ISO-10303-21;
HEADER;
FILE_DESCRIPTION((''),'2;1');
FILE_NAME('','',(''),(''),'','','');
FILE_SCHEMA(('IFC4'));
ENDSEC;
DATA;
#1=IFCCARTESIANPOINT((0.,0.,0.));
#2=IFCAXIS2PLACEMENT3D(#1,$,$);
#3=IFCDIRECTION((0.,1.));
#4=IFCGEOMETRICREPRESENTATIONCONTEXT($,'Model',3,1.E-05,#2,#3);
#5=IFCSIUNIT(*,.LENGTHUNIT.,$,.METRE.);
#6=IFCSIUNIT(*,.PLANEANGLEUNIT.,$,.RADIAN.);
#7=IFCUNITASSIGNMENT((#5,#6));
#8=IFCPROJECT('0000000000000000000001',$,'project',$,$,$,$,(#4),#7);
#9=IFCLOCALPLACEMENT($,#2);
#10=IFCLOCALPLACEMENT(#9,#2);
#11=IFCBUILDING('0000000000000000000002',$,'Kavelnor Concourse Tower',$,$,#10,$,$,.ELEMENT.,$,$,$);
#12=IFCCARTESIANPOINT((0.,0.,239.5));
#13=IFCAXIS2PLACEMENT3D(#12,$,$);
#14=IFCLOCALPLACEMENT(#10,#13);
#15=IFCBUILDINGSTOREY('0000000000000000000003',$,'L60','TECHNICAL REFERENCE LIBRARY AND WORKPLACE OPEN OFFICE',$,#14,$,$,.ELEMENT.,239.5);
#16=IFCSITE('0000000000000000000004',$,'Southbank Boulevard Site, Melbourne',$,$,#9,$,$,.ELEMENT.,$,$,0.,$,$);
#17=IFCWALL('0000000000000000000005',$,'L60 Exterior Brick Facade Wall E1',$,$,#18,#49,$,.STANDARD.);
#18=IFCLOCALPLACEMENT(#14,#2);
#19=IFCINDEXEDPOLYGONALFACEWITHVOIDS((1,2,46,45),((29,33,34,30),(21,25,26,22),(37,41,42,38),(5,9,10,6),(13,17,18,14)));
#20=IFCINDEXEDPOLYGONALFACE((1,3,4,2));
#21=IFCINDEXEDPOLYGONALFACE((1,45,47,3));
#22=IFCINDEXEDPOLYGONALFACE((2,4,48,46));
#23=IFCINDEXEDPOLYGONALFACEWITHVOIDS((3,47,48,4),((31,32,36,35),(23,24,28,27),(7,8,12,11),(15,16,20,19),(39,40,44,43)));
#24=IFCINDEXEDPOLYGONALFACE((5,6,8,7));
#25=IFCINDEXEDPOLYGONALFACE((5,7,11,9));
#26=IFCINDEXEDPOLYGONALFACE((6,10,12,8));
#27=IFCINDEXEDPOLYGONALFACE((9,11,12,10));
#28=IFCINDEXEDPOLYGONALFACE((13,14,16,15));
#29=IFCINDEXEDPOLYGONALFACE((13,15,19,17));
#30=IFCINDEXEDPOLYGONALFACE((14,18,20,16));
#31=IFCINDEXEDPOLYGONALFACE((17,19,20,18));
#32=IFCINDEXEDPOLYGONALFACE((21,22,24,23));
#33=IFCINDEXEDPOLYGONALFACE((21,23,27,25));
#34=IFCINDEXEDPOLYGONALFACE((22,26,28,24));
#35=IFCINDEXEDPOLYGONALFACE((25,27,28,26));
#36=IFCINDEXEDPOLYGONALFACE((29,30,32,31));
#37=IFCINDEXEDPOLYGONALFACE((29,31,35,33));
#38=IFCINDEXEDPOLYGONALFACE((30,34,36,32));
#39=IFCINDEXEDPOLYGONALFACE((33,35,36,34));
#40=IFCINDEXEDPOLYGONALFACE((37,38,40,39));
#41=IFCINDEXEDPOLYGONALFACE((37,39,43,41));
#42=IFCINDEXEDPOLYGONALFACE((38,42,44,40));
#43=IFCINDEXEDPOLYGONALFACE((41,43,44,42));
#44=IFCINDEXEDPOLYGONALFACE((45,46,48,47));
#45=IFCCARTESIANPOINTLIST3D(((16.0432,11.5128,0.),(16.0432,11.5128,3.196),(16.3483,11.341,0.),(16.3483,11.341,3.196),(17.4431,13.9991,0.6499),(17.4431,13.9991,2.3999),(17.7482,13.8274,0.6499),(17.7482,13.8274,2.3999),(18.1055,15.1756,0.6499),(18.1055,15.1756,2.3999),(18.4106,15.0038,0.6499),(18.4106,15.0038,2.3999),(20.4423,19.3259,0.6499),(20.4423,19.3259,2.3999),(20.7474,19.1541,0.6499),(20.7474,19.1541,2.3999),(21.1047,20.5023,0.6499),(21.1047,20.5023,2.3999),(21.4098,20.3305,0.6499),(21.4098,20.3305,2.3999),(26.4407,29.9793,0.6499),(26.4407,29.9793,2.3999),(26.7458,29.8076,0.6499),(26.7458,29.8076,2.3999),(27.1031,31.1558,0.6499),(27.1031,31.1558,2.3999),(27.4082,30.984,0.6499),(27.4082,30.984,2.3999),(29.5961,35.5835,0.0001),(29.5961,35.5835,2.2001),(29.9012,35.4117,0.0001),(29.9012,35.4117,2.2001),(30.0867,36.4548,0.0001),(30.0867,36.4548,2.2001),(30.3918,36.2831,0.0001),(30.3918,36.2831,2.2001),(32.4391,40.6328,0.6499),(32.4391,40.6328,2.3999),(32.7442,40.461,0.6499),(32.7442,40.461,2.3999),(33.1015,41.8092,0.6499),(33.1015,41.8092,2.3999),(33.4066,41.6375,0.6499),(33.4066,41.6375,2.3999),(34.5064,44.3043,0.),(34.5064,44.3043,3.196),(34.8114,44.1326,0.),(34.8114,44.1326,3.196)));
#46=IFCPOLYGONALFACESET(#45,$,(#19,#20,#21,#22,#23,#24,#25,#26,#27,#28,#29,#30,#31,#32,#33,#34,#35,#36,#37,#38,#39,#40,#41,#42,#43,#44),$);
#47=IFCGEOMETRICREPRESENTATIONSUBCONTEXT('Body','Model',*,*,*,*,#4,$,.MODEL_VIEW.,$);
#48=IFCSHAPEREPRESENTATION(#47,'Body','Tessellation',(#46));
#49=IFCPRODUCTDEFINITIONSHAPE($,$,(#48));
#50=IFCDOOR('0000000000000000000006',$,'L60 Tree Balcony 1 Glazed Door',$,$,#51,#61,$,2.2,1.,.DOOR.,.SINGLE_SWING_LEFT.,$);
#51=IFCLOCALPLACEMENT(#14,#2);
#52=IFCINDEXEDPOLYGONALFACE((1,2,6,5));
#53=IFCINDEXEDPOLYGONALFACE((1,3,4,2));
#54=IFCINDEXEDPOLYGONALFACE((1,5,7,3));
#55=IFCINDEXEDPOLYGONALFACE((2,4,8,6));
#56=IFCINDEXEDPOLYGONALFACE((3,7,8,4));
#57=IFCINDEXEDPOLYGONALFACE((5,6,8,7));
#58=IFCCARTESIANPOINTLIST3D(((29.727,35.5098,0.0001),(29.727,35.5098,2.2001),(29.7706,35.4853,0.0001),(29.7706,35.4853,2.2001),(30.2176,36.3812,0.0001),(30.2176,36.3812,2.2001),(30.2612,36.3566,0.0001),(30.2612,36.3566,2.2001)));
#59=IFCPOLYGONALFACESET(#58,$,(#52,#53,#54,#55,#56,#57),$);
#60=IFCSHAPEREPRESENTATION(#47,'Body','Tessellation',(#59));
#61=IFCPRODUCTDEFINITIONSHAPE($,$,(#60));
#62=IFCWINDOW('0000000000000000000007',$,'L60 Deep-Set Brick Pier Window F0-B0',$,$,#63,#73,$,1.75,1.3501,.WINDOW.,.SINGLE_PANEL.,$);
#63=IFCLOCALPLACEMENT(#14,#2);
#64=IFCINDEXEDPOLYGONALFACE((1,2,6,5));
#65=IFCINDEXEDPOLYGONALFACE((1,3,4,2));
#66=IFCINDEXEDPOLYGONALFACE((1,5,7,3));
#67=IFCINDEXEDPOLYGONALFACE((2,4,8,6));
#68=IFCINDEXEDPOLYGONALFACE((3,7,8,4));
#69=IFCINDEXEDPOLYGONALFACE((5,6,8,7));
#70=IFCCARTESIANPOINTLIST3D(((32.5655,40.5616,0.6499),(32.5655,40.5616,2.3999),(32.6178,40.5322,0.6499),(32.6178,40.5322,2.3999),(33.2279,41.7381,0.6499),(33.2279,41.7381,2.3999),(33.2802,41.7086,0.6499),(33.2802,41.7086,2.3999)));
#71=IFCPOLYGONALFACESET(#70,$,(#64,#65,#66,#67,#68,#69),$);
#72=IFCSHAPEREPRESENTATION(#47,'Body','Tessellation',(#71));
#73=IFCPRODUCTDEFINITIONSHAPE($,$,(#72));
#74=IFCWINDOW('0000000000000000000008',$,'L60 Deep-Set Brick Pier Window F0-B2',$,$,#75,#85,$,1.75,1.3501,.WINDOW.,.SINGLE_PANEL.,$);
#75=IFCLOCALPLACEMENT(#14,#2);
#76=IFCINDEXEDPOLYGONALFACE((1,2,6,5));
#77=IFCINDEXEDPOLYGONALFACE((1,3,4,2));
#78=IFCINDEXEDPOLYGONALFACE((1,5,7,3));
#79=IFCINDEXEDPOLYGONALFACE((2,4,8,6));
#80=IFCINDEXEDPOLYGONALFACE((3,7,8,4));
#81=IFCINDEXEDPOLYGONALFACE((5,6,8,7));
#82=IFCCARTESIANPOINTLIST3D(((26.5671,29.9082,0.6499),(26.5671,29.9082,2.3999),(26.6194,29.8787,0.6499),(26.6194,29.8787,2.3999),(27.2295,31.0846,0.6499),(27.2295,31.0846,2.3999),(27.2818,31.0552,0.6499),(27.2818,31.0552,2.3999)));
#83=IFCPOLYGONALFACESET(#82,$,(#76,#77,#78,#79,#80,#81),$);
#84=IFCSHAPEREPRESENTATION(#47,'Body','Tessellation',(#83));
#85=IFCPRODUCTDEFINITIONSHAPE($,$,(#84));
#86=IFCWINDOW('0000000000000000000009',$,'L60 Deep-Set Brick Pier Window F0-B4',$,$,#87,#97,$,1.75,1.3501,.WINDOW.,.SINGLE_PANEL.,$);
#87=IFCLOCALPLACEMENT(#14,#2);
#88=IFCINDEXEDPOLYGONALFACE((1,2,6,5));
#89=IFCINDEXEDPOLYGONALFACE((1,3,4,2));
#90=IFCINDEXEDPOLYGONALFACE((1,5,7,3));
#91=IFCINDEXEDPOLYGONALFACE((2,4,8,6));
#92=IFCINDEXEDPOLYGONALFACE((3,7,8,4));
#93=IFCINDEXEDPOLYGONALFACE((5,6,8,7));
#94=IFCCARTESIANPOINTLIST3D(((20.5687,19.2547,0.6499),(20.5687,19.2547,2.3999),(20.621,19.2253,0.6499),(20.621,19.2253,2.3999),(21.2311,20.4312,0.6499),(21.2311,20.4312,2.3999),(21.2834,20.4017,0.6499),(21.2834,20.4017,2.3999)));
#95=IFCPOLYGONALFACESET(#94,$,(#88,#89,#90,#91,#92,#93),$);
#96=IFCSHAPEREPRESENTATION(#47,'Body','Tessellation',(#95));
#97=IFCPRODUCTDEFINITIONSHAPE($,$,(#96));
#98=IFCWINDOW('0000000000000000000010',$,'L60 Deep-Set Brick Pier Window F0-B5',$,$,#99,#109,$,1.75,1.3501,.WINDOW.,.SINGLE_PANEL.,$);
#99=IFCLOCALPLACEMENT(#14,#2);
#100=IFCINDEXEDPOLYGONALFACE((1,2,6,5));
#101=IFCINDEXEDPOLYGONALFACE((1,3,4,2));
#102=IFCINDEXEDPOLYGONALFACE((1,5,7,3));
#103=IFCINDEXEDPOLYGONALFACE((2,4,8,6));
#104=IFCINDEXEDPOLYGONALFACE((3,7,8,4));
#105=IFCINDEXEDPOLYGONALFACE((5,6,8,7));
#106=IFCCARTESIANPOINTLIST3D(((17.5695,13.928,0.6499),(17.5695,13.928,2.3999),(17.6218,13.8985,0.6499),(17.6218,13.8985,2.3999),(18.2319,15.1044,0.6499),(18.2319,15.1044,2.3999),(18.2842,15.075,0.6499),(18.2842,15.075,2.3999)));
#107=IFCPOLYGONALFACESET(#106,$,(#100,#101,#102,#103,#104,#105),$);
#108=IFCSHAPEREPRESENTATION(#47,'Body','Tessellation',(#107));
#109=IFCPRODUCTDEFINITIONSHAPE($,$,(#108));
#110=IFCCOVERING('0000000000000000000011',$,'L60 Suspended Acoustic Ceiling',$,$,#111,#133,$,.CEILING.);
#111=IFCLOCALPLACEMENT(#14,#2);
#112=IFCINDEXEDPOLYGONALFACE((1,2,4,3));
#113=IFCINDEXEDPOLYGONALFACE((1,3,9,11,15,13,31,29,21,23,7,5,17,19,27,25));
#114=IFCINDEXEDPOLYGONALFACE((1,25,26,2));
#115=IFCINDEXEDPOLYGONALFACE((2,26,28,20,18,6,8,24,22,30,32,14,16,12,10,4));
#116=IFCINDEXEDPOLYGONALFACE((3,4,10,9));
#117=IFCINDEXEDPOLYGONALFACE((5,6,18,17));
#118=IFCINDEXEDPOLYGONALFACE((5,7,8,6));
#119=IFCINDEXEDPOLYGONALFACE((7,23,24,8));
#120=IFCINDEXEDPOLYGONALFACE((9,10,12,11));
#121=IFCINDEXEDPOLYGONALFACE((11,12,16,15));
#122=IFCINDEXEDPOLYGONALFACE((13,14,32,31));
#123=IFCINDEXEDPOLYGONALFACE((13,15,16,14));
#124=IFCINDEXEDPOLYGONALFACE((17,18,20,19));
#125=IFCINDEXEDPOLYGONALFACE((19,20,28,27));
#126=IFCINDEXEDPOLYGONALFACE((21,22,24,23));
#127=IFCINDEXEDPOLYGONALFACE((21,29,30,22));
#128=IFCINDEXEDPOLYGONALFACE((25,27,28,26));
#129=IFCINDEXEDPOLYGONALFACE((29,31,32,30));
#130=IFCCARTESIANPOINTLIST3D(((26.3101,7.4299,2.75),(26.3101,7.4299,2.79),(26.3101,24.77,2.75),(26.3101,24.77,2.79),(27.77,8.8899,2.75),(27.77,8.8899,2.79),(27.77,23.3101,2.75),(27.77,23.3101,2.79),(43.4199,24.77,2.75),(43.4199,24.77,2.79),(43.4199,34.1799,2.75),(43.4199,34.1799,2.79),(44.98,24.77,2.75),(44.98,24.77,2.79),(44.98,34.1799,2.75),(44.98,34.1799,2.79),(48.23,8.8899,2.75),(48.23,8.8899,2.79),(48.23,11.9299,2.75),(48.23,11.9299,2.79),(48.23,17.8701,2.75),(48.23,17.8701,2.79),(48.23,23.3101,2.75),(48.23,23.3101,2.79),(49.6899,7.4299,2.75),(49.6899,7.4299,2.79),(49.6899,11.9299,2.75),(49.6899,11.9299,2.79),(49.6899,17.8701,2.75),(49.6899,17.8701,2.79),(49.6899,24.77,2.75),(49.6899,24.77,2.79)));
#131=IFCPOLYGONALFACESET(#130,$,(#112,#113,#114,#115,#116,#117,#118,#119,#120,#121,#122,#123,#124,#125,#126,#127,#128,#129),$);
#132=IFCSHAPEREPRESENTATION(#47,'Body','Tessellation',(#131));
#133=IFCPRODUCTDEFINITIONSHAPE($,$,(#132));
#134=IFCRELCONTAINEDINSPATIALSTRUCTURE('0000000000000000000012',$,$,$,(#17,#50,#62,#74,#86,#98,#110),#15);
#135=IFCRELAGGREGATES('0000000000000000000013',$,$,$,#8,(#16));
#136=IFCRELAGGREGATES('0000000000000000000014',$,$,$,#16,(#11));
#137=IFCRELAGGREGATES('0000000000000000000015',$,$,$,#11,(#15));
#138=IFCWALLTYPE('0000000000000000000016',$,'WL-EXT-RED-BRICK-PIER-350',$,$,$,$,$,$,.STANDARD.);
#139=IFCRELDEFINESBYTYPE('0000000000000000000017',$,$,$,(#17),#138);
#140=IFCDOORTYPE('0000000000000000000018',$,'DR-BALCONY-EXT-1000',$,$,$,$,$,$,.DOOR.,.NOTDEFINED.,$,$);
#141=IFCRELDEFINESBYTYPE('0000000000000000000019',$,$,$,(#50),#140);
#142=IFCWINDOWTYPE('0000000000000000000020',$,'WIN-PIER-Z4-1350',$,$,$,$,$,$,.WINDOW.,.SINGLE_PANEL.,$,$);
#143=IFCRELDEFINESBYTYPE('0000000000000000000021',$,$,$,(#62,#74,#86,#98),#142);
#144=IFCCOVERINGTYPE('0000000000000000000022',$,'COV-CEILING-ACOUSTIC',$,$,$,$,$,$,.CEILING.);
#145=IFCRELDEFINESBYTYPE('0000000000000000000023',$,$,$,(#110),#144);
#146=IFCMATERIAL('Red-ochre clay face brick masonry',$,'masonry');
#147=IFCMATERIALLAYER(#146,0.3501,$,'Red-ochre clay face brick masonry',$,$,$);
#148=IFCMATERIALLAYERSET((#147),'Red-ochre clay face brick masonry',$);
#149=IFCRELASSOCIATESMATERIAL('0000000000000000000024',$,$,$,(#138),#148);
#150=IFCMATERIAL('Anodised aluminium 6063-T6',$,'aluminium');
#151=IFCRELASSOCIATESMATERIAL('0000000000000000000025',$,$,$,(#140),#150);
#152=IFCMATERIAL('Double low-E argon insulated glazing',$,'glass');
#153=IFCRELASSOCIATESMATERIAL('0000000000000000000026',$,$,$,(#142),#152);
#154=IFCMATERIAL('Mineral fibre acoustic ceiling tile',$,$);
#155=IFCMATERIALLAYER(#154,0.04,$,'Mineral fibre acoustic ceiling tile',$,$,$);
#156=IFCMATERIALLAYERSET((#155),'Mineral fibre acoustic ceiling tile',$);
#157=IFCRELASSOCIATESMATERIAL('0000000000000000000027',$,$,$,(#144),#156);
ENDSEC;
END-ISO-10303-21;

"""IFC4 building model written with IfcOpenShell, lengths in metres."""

from ifc_helpers import new_model, si_unit, direction, frame, frame_2d, origin, place, context, subcontext, project, spatial, polyline, rectangle, outline, extrude, material, layer, layer_set, type_object, element, fill, save


model = new_model("IFC4")

# Units and contexts
model_context = context("Model", 3, precision=1e-05, world=origin(), true_north=direction((0.0, 1.0)))
body_context = subcontext(model_context, "Body", "Model", "MODEL_VIEW")
ifc_project = project(units=[si_unit("LENGTHUNIT", "METRE"), si_unit("PLANEANGLEUNIT", "RADIAN")], contexts=[model_context])

# Site, building, storey
site_placement = place(None, origin())
site = spatial("IfcSite", under=ifc_project, at=site_placement, Name="Southbank Boulevard Site, Melbourne", CompositionType="ELEMENT", RefElevation=0.0)
building_placement = place(site_placement, origin())
building = spatial("IfcBuilding", under=site, at=building_placement, Name="Kavelnor Concourse Tower", CompositionType="ELEMENT")
storey_placement = place(building_placement, frame((0.0, 0.0, 239.5)))
storey = spatial("IfcBuildingStorey", under=building, at=storey_placement, Name="L60", Description="TECHNICAL REFERENCE LIBRARY AND WORKPLACE OPEN OFFICE", CompositionType="ELEMENT", Elevation=239.5)

# Shared definitions
ifc_material_1 = material(Name="Double low-E argon insulated glazing", Category="glass")

# Wall, openings, door, windows
ifc_material_2 = material(Name="Red-ochre clay face brick masonry", Category="masonry")
ifc_layer_1 = layer(ifc_material_2, 0.3501, Name="Red-ochre clay face brick masonry")
ifc_layer_set_1 = layer_set([ifc_layer_1], Name="Red-ochre clay face brick masonry")
wall_type_1 = type_object("IfcWallType", Name="WL-EXT-RED-BRICK-PIER-350", PredefinedType="STANDARD", material=ifc_layer_set_1)
wall_1_placement = place(storey_placement, frame((16.1958, 11.427, 0.0), z_axis=(0.0, 0.0, 1.0), x_axis=(0.490623, 0.871372, 0.0)))
wall_1 = element("IfcWall", 1, at=wall_1_placement, inside=storey, type_object=wall_type_1, Name="L60 Exterior Brick Facade Wall E1", PredefinedType="STANDARD", context=body_context, shape_type="SweptSolid", body=[
    extrude(rectangle(XDim=37.6321, YDim=0.3501, at=frame_2d((18.8159, 0.0))), origin(), (0.0, 0.0, 1.0), 3.196),
])
opening_1_placement = place(wall_1_placement, frame((27.6238, 0.0, 0.0)))
opening_1 = element("IfcOpeningElement", 2, at=opening_1_placement, cuts=wall_1, PredefinedType="OPENING", context=body_context, shape_type="SweptSolid", body=[
    extrude(rectangle(XDim=1.0, YDim=2.2, at=frame_2d((0.5, 1.1001))), frame((0.0, 0.1851, 0.0), z_axis=(0.0, -1.0, 0.0), x_axis=(1.0, 0.0, 0.0)), (0.0, 0.0, 1.0), 0.3701),
])
opening_2_placement = place(wall_1_placement, frame((33.4185, 0.0, 0.6499)))
opening_2 = element("IfcOpeningElement", 3, at=opening_2_placement, cuts=wall_1, PredefinedType="OPENING", context=body_context, shape_type="SweptSolid", body=[
    extrude(rectangle(XDim=1.3501, YDim=1.75, at=frame_2d((0.675, 0.875))), frame((0.0, 0.1851, 0.0), z_axis=(0.0, -1.0, 0.0), x_axis=(1.0, 0.0, 0.0)), (0.0, 0.0, 1.0), 0.3701),
])
opening_3_placement = place(wall_1_placement, frame((21.1924, 0.0, 0.6499)))
opening_3 = element("IfcOpeningElement", 4, at=opening_3_placement, cuts=wall_1, PredefinedType="OPENING", context=body_context, shape_type="SweptSolid", body=[
    extrude(rectangle(XDim=1.3501, YDim=1.75, at=frame_2d((0.675, 0.875))), frame((0.0, 0.1851, 0.0), z_axis=(0.0, -1.0, 0.0), x_axis=(1.0, 0.0, 0.0)), (0.0, 0.0, 1.0), 0.3701),
])
opening_4_placement = place(wall_1_placement, frame((8.9663, 0.0, 0.6499)))
opening_4 = element("IfcOpeningElement", 5, at=opening_4_placement, cuts=wall_1, PredefinedType="OPENING", context=body_context, shape_type="SweptSolid", body=[
    extrude(rectangle(XDim=1.3501, YDim=1.75, at=frame_2d((0.675, 0.875))), frame((0.0, 0.1851, 0.0), z_axis=(0.0, -1.0, 0.0), x_axis=(1.0, 0.0, 0.0)), (0.0, 0.0, 1.0), 0.3701),
])
opening_5_placement = place(wall_1_placement, frame((2.8533, 0.0, 0.6499)))
opening_5 = element("IfcOpeningElement", 6, at=opening_5_placement, cuts=wall_1, PredefinedType="OPENING", context=body_context, shape_type="SweptSolid", body=[
    extrude(rectangle(XDim=1.3501, YDim=1.75, at=frame_2d((0.675, 0.875))), frame((0.0, 0.1851, 0.0), z_axis=(0.0, -1.0, 0.0), x_axis=(1.0, 0.0, 0.0)), (0.0, 0.0, 1.0), 0.3701),
])
ifc_material_3 = material(Name="Anodised aluminium 6063-T6", Category="aluminium")
door_type = type_object("IfcDoorType", Name="DR-BALCONY-EXT-1000", OperationType="NOTDEFINED", PredefinedType="DOOR", material=ifc_material_3)
door_placement = place(opening_1_placement, origin())
door = element("IfcDoor", 7, at=door_placement, inside=storey, type_object=door_type, Name="L60 Tree Balcony 1 Glazed Door", OperationType="SINGLE_SWING_LEFT", OverallHeight=2.2, OverallWidth=1.0, PredefinedType="DOOR", context=body_context, shape_type="SweptSolid", body=[
    extrude(rectangle(XDim=1.0, YDim=2.2, at=frame_2d((0.5, 1.1001))), frame((0.0, 0.0249, 0.0), z_axis=(0.0, -1.0, 0.0), x_axis=(1.0, 0.0, 0.0)), (0.0, 0.0, 1.0), 0.05),
])
fill(opening_1, door)
window_type_1 = type_object("IfcWindowType", Name="WIN-PIER-Z4-1350", PartitioningType="SINGLE_PANEL", PredefinedType="WINDOW", material=ifc_material_1)
window_1_placement = place(opening_2_placement, origin())
window_1 = element("IfcWindow", 8, at=window_1_placement, inside=storey, type_object=window_type_1, Name="L60 Deep-Set Brick Pier Window F0-B0", OverallHeight=1.75, OverallWidth=1.3501, PartitioningType="SINGLE_PANEL", PredefinedType="WINDOW", context=body_context, shape_type="SweptSolid", body=[
    extrude(rectangle(XDim=1.3501, YDim=1.75, at=frame_2d((0.675, 0.875))), frame((0.0, 0.03, 0.0), z_axis=(0.0, -1.0, 0.0), x_axis=(1.0, 0.0, 0.0)), (0.0, 0.0, 1.0), 0.0601),
])
fill(opening_2, window_1)
window_2_placement = place(opening_3_placement, origin())
window_2 = element("IfcWindow", 9, at=window_2_placement, inside=storey, type_object=window_type_1, Name="L60 Deep-Set Brick Pier Window F0-B2", OverallHeight=1.75, OverallWidth=1.3501, PartitioningType="SINGLE_PANEL", PredefinedType="WINDOW", context=body_context, shape_type="SweptSolid", body=[
    extrude(rectangle(XDim=1.3501, YDim=1.75, at=frame_2d((0.675, 0.875))), frame((0.0, 0.03, 0.0), z_axis=(0.0, -1.0, 0.0), x_axis=(1.0, 0.0, 0.0)), (0.0, 0.0, 1.0), 0.0601),
])
fill(opening_3, window_2)
window_3_placement = place(opening_4_placement, origin())
window_3 = element("IfcWindow", 10, at=window_3_placement, inside=storey, type_object=window_type_1, Name="L60 Deep-Set Brick Pier Window F0-B4", OverallHeight=1.75, OverallWidth=1.3501, PartitioningType="SINGLE_PANEL", PredefinedType="WINDOW", context=body_context, shape_type="SweptSolid", body=[
    extrude(rectangle(XDim=1.3501, YDim=1.75, at=frame_2d((0.675, 0.875))), frame((0.0, 0.03, 0.0), z_axis=(0.0, -1.0, 0.0), x_axis=(1.0, 0.0, 0.0)), (0.0, 0.0, 1.0), 0.0601),
])
fill(opening_4, window_3)
window_4_placement = place(opening_5_placement, origin())
window_4 = element("IfcWindow", 11, at=window_4_placement, inside=storey, type_object=window_type_1, Name="L60 Deep-Set Brick Pier Window F0-B5", OverallHeight=1.75, OverallWidth=1.3501, PartitioningType="SINGLE_PANEL", PredefinedType="WINDOW", context=body_context, shape_type="SweptSolid", body=[
    extrude(rectangle(XDim=1.3501, YDim=1.75, at=frame_2d((0.675, 0.875))), frame((0.0, 0.03, 0.0), z_axis=(0.0, -1.0, 0.0), x_axis=(1.0, 0.0, 0.0)), (0.0, 0.0, 1.0), 0.0601),
])
fill(opening_5, window_4)

# Covering
ifc_material_4 = material(Name="Mineral fibre acoustic ceiling tile")
ifc_layer_2 = layer(ifc_material_4, 0.04, Name="Mineral fibre acoustic ceiling tile")
ifc_layer_set_2 = layer_set([ifc_layer_2], Name="Mineral fibre acoustic ceiling tile")
covering_type = type_object("IfcCoveringType", Name="COV-CEILING-ACOUSTIC", PredefinedType="CEILING", material=ifc_layer_set_2)
covering_placement = place(storey_placement, frame((0.0, 0.0, 2.75)))
element("IfcCovering", 12, at=covering_placement, inside=storey, type_object=covering_type, Name="L60 Suspended Acoustic Ceiling", PredefinedType="CEILING", context=body_context, shape_type="SweptSolid", body=[
    extrude(outline(polyline([(44.98, 24.77), (49.6899, 24.77), (49.6899, 17.8701), (48.23, 17.8701), (48.23, 23.3101), (27.77, 23.3101), (27.77, 8.8899), (48.23, 8.8899), (48.23, 11.9299), (49.6899, 11.9299), (49.6899, 7.4299), (26.3101, 7.4299), (26.3101, 24.77), (43.4199, 24.77), (43.4199, 34.1799), (44.98, 34.1799), (44.98, 24.77)])), origin(), (0.0, 0.0, 1.0), 0.04),
])

save(model, "model.ifc")
